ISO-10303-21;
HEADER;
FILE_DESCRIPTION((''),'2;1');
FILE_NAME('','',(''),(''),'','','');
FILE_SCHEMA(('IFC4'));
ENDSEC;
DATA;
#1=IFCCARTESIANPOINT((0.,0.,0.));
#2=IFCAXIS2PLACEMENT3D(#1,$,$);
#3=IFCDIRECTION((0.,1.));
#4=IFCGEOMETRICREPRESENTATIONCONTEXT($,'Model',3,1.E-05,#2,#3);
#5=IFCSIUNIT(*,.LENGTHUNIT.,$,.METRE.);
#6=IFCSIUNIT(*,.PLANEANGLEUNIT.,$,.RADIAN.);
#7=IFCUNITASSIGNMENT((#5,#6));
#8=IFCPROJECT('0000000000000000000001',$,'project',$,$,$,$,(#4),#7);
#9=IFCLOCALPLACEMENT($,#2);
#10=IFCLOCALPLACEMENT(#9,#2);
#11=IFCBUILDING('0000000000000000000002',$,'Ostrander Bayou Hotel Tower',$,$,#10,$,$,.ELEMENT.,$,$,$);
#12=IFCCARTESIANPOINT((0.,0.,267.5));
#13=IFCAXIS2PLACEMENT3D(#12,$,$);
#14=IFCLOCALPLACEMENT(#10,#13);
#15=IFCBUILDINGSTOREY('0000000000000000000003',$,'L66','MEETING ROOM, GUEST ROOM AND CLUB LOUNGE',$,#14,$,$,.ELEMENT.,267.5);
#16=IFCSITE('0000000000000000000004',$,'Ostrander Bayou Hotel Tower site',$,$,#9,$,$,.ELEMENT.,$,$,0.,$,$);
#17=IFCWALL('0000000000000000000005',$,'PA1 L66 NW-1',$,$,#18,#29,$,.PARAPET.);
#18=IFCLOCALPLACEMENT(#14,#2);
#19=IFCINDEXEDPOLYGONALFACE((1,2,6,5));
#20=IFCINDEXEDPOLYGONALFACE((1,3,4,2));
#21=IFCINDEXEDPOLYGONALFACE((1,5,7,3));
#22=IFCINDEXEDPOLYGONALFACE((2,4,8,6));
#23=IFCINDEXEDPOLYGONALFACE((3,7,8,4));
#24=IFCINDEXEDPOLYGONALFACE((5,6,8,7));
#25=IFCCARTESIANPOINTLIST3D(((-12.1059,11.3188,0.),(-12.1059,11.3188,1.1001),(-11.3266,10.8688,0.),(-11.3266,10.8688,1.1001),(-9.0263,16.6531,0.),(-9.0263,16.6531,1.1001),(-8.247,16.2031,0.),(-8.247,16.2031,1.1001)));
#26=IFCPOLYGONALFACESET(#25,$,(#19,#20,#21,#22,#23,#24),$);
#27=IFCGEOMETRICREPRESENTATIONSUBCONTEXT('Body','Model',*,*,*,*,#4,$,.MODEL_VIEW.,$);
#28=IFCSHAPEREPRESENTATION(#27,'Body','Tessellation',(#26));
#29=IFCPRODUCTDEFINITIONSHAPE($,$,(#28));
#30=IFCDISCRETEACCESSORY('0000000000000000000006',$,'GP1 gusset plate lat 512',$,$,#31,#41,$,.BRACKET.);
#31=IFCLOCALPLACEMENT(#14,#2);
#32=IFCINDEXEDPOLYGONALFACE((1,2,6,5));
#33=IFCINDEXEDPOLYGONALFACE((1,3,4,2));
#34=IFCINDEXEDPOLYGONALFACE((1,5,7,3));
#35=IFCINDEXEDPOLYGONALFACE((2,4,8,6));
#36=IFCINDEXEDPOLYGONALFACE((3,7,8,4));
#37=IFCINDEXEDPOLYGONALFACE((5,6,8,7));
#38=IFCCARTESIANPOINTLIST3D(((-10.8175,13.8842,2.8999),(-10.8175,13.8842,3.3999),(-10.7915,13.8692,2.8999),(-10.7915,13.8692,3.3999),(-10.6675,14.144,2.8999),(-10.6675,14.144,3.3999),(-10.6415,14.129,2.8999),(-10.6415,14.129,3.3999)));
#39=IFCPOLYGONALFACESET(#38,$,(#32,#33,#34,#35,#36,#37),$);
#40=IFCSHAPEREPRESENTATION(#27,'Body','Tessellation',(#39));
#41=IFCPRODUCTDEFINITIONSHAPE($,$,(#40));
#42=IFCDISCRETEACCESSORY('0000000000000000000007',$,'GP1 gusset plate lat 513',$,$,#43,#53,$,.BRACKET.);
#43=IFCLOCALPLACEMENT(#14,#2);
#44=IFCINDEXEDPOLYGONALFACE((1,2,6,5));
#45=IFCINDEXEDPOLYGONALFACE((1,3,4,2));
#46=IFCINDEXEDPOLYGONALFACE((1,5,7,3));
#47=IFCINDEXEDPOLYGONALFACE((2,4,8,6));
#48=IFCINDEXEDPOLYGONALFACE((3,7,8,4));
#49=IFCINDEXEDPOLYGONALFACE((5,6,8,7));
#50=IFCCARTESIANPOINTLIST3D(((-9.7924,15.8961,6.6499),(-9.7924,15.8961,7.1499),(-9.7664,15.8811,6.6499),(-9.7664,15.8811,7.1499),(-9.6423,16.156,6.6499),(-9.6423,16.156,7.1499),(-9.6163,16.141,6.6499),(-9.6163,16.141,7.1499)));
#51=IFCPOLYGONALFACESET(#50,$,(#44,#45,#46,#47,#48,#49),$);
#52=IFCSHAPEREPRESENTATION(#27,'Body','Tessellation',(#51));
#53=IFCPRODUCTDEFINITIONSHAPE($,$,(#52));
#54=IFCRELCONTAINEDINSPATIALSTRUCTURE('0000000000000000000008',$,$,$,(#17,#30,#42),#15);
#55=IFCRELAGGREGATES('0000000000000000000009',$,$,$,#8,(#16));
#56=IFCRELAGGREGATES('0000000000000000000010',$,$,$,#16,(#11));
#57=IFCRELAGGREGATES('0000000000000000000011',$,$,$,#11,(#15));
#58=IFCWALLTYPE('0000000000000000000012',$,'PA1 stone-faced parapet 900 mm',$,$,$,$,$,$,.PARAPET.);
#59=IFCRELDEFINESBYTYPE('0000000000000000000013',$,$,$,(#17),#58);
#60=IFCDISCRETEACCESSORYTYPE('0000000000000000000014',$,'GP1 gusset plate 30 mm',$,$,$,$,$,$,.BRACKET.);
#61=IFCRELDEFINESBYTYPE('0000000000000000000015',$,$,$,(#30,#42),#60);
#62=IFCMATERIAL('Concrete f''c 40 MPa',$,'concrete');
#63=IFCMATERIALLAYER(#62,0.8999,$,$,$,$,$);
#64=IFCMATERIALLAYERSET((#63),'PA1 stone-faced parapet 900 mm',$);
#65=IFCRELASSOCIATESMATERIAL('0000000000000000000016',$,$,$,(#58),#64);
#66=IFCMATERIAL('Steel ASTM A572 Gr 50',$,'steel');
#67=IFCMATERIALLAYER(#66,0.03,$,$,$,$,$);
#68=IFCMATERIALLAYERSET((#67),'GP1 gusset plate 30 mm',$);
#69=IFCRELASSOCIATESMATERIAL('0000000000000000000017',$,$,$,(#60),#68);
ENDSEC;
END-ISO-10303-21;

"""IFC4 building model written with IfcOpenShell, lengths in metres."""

from ifc_helpers import new_model, si_unit, direction, frame, frame_2d, origin, origin_2d, place, context, subcontext, project, spatial, rectangle, extrude, material, layer, layer_set, type_object, element, save


model = new_model("IFC4")

# Units and contexts
model_context = context("Model", 3, precision=1e-05, world=origin(), true_north=direction((0.0, 1.0)))
body_context = subcontext(model_context, "Body", "Model", "MODEL_VIEW")
ifc_project = project(units=[si_unit("LENGTHUNIT", "METRE"), si_unit("PLANEANGLEUNIT", "RADIAN")], contexts=[model_context])

# Site, building, storey
site_placement = place(None, origin())
site = spatial("IfcSite", under=ifc_project, at=site_placement, Name="Ostrander Bayou Hotel Tower site", CompositionType="ELEMENT", RefElevation=0.0)
building_placement = place(site_placement, origin())
building = spatial("IfcBuilding", under=site, at=building_placement, Name="Ostrander Bayou Hotel Tower", CompositionType="ELEMENT")
storey_placement = place(building_placement, frame((0.0, 0.0, 267.5)))
storey = spatial("IfcBuildingStorey", under=building, at=storey_placement, Name="L66", Description="MEETING ROOM, GUEST ROOM AND CLUB LOUNGE", CompositionType="ELEMENT", Elevation=267.5)

# Wall
ifc_material_1 = material(Name="Concrete f'c 40 MPa", Category="concrete")
ifc_layer_1 = layer(ifc_material_1, 0.8999)
ifc_layer_set_1 = layer_set([ifc_layer_1], Name="PA1 stone-faced parapet 900 mm")
wall_type_1 = type_object("IfcWallType", Name="PA1 stone-faced parapet 900 mm", PredefinedType="PARAPET", material=ifc_layer_set_1)
wall_1_placement = place(storey_placement, frame((-8.6367, 16.428, 0.0), z_axis=(0.0, 0.0, 1.0), x_axis=(-0.499984, -0.866034, 0.0)))
element("IfcWall", 1, at=wall_1_placement, inside=storey, type_object=wall_type_1, Name="PA1 L66 NW-1", PredefinedType="PARAPET", context=body_context, shape_type="SweptSolid", body=[
    extrude(rectangle(XDim=6.1594, YDim=0.8999, at=frame_2d((3.0796, 0.0))), origin(), (0.0, 0.0, 1.0), 1.1001),
])

# Discrete accessories
ifc_material_2 = material(Name="Steel ASTM A572 Gr 50", Category="steel")
ifc_layer_2 = layer(ifc_material_2, 0.03)
ifc_layer_set_2 = layer_set([ifc_layer_2], Name="GP1 gusset plate 30 mm")
discrete_accessory_type = type_object("IfcDiscreteAccessoryType", Name="GP1 gusset plate 30 mm", PredefinedType="BRACKET", material=ifc_layer_set_2)
for number, where, z_axis, x_axis, name in (
    (2, (-10.7295, 14.0066, 2.8999), (0.0, 0.0, 1.0), (-0.5, -0.866025, 0.0), "GP1 gusset plate lat 512"),
    (3, (-9.7043, 16.0186, 6.6499), (0.0, 0.0, 1.0), (-0.5, -0.866025, 0.0), "GP1 gusset plate lat 513"),
):
    element("IfcDiscreteAccessory", number, at=place(storey_placement, frame(where, z_axis=z_axis, x_axis=x_axis)), inside=storey, type_object=discrete_accessory_type, Name=name, PredefinedType="BRACKET", context=body_context, shape_type="SweptSolid", body=[
        extrude(rectangle(XDim=0.3, YDim=0.03, at=origin_2d()), origin(), (0.0, 0.0, 1.0), 0.5),
    ])

save(model, "model.ifc")
